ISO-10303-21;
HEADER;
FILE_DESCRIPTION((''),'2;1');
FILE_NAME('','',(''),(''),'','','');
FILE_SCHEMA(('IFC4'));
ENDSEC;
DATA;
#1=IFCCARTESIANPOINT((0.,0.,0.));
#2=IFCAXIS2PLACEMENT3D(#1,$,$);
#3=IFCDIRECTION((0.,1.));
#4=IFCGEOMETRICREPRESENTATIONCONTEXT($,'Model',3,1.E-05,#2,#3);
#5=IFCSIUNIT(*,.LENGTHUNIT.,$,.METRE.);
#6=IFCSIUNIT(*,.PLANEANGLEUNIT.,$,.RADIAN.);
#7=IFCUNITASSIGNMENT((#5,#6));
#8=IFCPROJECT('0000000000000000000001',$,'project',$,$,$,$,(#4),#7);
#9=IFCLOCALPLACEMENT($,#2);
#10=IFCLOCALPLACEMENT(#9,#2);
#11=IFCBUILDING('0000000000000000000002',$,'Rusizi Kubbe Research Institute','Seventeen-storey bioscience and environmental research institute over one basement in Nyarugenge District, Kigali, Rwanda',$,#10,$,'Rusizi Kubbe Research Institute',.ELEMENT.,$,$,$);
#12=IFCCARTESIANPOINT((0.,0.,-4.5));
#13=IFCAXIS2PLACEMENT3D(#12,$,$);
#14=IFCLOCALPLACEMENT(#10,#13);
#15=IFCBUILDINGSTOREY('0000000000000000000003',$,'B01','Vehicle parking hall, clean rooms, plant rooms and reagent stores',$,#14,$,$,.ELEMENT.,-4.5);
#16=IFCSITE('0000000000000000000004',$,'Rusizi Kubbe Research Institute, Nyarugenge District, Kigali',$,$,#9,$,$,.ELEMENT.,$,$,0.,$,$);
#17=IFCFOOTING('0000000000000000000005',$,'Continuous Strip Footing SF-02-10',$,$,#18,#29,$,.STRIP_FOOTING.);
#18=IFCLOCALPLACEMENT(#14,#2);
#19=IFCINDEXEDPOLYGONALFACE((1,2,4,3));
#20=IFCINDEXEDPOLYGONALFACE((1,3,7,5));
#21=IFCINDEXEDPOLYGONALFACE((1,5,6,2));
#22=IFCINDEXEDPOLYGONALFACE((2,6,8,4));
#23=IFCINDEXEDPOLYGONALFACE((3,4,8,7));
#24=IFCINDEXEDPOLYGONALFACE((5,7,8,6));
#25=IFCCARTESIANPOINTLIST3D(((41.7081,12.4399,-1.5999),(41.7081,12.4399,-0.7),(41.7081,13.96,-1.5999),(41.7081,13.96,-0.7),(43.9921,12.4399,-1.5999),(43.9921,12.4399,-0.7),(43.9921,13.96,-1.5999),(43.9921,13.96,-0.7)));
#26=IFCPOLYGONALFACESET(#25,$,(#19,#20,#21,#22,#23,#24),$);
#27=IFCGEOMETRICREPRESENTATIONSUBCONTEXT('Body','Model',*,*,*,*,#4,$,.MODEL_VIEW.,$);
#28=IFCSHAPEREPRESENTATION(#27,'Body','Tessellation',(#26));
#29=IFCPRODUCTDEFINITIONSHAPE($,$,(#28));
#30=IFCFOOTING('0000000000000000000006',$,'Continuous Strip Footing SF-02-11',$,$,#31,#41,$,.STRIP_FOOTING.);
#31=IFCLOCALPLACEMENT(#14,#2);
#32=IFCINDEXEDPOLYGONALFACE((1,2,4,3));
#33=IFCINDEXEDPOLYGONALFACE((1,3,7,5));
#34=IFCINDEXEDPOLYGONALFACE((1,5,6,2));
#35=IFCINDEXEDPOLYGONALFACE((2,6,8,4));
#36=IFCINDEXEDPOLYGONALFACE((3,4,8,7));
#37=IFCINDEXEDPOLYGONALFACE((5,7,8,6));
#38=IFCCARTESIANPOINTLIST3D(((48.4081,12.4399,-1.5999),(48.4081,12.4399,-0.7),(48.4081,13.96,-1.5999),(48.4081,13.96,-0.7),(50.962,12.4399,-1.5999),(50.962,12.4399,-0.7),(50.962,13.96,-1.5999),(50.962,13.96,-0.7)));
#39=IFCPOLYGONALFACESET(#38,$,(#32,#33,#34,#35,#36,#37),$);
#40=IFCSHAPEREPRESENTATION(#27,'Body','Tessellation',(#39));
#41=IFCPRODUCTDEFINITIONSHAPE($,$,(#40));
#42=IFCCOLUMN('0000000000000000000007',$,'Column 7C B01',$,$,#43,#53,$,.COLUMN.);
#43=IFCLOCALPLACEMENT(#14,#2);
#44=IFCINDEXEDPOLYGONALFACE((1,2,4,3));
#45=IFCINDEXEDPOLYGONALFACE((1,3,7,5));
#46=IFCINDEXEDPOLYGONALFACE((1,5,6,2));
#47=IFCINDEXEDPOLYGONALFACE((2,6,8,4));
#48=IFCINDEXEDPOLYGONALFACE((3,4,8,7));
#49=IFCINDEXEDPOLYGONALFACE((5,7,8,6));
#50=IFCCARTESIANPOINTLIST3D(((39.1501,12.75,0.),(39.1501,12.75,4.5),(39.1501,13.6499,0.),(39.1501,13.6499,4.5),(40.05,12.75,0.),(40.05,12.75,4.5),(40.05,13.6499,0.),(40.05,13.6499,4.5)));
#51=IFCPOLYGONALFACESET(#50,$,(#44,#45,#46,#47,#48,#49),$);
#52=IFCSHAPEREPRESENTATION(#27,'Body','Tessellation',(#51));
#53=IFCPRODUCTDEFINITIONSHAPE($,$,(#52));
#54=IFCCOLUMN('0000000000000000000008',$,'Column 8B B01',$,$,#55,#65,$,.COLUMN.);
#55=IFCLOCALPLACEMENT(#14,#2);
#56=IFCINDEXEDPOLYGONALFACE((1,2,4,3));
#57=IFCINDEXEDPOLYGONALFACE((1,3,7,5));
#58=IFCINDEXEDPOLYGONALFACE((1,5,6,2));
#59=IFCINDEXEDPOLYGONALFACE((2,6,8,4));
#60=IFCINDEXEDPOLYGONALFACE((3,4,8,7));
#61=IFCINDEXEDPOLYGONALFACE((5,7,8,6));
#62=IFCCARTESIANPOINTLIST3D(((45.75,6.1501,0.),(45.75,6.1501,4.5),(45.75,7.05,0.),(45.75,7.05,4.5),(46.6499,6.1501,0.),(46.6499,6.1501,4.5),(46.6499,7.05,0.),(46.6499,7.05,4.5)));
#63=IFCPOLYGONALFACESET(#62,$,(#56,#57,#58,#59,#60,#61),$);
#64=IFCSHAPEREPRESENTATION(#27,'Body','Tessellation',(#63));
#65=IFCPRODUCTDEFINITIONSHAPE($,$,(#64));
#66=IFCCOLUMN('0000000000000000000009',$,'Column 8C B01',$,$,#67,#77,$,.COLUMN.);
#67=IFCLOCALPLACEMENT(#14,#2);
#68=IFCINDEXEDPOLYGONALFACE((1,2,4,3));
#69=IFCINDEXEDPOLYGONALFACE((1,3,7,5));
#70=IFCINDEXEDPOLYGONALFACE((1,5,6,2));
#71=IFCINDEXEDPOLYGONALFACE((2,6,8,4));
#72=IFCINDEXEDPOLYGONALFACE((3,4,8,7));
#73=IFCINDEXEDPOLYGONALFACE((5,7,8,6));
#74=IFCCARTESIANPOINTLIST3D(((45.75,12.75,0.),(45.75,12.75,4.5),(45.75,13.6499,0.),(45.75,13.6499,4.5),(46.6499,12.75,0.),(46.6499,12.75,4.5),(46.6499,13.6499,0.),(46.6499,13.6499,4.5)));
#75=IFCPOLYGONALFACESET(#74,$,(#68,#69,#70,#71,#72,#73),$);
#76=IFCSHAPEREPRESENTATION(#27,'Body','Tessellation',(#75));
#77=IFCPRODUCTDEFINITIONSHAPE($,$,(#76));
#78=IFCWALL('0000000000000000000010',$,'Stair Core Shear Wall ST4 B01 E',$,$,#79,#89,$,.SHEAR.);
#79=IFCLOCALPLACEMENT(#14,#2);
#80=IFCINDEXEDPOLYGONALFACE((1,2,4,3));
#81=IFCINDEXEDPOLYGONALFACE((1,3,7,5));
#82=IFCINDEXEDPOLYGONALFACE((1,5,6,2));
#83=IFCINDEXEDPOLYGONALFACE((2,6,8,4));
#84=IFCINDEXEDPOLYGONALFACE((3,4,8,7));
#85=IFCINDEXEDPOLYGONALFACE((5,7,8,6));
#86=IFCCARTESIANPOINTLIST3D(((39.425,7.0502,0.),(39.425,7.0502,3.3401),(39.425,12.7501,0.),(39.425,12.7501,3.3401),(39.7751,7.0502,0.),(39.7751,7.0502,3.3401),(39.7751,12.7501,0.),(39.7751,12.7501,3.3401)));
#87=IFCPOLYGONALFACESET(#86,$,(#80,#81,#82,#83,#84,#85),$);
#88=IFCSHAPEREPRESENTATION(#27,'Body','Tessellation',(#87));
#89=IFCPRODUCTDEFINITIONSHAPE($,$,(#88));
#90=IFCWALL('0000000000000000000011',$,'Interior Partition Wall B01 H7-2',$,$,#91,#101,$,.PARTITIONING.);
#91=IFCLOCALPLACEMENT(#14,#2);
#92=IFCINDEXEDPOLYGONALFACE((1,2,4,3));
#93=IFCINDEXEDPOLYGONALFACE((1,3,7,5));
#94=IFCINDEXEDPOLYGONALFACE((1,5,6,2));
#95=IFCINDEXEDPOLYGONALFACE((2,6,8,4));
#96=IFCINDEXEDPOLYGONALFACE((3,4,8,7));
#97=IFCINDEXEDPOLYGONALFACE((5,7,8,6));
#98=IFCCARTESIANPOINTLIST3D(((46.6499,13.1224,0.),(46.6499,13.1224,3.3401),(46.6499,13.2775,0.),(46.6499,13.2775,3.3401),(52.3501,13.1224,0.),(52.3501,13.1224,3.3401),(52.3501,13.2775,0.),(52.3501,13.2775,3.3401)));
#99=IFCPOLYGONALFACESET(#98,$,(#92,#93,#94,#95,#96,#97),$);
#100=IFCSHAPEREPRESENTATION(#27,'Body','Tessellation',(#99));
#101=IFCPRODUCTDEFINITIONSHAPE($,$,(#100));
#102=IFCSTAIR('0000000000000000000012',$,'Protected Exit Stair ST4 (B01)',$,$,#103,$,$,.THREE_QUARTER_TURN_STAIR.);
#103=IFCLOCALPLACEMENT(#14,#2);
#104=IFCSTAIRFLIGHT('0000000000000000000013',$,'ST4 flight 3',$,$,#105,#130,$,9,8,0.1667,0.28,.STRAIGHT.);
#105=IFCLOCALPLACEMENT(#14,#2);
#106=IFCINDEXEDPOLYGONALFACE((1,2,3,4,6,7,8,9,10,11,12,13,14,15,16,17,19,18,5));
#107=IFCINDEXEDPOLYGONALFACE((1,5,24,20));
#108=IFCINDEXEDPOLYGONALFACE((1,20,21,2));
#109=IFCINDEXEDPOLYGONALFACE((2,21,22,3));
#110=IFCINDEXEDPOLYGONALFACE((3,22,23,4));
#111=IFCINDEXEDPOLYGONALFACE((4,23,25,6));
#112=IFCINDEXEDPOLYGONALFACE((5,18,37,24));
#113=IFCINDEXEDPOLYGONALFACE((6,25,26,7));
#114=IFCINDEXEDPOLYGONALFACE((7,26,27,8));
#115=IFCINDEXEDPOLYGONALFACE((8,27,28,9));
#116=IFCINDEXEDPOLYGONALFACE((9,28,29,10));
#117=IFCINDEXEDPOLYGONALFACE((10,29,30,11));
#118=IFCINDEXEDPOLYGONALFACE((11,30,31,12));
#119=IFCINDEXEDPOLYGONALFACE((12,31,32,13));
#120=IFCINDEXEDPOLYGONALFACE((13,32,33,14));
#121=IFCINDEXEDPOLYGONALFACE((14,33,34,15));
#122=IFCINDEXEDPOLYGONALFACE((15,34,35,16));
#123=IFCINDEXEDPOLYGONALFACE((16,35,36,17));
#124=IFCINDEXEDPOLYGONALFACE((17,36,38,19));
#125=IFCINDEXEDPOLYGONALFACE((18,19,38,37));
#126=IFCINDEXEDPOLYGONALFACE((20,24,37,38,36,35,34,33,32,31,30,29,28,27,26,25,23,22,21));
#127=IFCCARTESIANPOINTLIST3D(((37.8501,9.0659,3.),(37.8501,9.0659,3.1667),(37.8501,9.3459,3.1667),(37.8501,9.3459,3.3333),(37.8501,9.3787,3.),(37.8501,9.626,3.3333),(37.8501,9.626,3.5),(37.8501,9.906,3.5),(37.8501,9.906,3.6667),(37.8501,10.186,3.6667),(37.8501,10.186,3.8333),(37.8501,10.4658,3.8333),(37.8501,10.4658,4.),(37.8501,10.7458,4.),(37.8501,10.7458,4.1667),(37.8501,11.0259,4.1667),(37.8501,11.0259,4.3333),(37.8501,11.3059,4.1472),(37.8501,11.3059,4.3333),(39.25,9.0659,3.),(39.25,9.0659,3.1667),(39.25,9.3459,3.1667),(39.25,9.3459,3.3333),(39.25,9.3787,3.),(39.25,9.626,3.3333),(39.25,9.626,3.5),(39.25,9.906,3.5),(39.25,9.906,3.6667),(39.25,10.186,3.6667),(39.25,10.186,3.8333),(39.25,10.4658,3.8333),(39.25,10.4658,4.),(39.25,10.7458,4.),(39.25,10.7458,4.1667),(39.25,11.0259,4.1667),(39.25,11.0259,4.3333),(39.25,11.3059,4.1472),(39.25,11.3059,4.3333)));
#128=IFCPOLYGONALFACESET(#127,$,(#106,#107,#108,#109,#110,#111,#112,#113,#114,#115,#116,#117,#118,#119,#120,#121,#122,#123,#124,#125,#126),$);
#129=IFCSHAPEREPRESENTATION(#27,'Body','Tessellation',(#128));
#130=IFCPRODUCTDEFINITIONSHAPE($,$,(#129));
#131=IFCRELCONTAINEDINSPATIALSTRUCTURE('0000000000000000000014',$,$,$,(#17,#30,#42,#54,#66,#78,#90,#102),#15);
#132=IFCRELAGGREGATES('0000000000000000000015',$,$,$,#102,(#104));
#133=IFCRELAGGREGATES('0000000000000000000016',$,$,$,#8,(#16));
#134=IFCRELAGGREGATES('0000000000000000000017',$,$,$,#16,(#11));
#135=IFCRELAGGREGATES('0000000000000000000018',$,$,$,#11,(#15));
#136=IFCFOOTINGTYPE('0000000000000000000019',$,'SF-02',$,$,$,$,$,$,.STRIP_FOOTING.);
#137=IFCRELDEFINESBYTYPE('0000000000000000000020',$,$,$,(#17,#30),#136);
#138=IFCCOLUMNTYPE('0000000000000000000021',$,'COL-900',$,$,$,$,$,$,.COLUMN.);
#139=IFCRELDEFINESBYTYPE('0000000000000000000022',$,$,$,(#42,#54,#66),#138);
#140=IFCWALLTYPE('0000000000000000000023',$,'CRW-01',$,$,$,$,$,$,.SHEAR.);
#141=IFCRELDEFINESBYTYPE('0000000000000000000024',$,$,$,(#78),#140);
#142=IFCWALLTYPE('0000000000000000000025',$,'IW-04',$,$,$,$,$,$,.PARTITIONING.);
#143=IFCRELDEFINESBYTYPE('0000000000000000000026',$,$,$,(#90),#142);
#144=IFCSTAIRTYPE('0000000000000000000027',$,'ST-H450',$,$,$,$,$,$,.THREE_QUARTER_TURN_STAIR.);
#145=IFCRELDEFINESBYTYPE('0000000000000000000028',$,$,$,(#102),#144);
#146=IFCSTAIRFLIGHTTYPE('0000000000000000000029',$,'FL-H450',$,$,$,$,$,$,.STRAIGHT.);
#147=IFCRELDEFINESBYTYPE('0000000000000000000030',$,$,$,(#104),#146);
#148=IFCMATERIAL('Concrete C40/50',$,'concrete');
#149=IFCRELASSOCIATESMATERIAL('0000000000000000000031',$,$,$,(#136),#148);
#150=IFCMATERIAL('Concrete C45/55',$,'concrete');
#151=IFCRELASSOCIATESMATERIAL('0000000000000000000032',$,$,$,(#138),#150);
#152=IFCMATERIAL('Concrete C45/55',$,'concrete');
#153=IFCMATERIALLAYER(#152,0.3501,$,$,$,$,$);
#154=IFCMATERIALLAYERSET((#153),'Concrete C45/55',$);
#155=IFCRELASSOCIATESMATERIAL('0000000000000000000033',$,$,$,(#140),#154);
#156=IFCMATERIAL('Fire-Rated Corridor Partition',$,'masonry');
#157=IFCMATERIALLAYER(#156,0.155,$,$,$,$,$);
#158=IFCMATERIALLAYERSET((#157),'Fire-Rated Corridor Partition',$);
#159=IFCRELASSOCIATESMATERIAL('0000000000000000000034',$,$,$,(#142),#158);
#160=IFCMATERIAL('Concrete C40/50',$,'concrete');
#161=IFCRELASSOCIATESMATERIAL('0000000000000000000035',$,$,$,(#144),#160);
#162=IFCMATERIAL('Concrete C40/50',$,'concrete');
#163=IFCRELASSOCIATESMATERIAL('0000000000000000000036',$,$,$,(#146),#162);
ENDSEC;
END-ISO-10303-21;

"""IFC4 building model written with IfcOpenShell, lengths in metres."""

from ifc_helpers import new_model, si_unit, direction, frame, frame_2d, origin, origin_2d, place, context, subcontext, project, spatial, polyline, rectangle, outline, extrude, material, layer, layer_set, material_profile, profile_set, type_object, element, aggregate, save


model = new_model("IFC4")

# Units and contexts
model_context = context("Model", 3, precision=1e-05, world=origin(), true_north=direction((0.0, 1.0)))
body_context = subcontext(model_context, "Body", "Model", "MODEL_VIEW")
ifc_project = project(units=[si_unit("LENGTHUNIT", "METRE"), si_unit("PLANEANGLEUNIT", "RADIAN")], contexts=[model_context])

# Site, building, storey
site_placement = place(None, origin())
site = spatial("IfcSite", under=ifc_project, at=site_placement, Name="Rusizi Kubbe Research Institute, Nyarugenge District, Kigali", CompositionType="ELEMENT", RefElevation=0.0)
building_placement = place(site_placement, origin())
building = spatial("IfcBuilding", under=site, at=building_placement, Name="Rusizi Kubbe Research Institute", Description="Seventeen-storey bioscience and environmental research institute over one basement in Nyarugenge District, Kigali, Rwanda", LongName="Rusizi Kubbe Research Institute", CompositionType="ELEMENT")
storey_placement = place(building_placement, frame((0.0, 0.0, -4.5)))
storey = spatial("IfcBuildingStorey", under=building, at=storey_placement, Name="B01", Description="Vehicle parking hall, clean rooms, plant rooms and reagent stores", CompositionType="ELEMENT", Elevation=-4.5)

# Footings
ifc_material_1 = material(Name="Concrete C40/50", Category="concrete")
footing_type_1 = type_object("IfcFootingType", Name="SF-02", PredefinedType="STRIP_FOOTING", material=ifc_material_1)
footing_1_placement = place(storey_placement, frame((42.8501, 13.2, -1.5999), z_axis=(0.0, 0.0, 1.0), x_axis=(1.0, 0.0, 0.0)))
element("IfcFooting", 1, at=footing_1_placement, inside=storey, type_object=footing_type_1, Name="Continuous Strip Footing SF-02-10", PredefinedType="STRIP_FOOTING", context=body_context, shape_type="SweptSolid", body=[
    extrude(rectangle(XDim=2.2839, YDim=1.52, at=origin_2d()), origin(), (0.0, 0.0, 1.0), 0.8999),
])
footing_2_placement = place(storey_placement, frame((49.6851, 13.2, -1.5999), z_axis=(0.0, 0.0, 1.0), x_axis=(1.0, 0.0, 0.0)))
element("IfcFooting", 2, at=footing_2_placement, inside=storey, type_object=footing_type_1, Name="Continuous Strip Footing SF-02-11", PredefinedType="STRIP_FOOTING", context=body_context, shape_type="SweptSolid", body=[
    extrude(rectangle(XDim=2.554, YDim=1.52, at=origin_2d()), origin(), (0.0, 0.0, 1.0), 0.8999),
])

# Columns
ifc_material_2 = material(Name="Concrete C45/55", Category="concrete")
ifc_material_profile_1 = material_profile(ifc_material_2, rectangle(XDim=0.8999, YDim=0.8999, at=origin_2d()), Name="RC900x900")
ifc_profile_set_1 = profile_set([ifc_material_profile_1], Name="Concrete C45/55")
column_type = type_object("IfcColumnType", Name="COL-900", PredefinedType="COLUMN", material=ifc_profile_set_1)
for number, where, z_axis, x_axis, name in (
    (3, (39.6001, 13.2, 0.0), (0.0, 0.0, 1.0), (1.0, 0.0, 0.0), "Column 7C B01"),
    (4, (46.2, 6.6001, 0.0), (0.0, 0.0, 1.0), (1.0, 0.0, 0.0), "Column 8B B01"),
    (5, (46.2, 13.2, 0.0), (0.0, 0.0, 1.0), (1.0, 0.0, 0.0), "Column 8C B01"),
):
    element("IfcColumn", number, at=place(storey_placement, frame(where, z_axis=z_axis, x_axis=x_axis)), inside=storey, type_object=column_type, Name=name, PredefinedType="COLUMN", context=body_context, shape_type="SweptSolid", body=[
        extrude(rectangle(XDim=0.8999, YDim=0.8999, at=origin_2d()), origin(), (0.0, 0.0, 1.0), 4.5),
    ])

# Walls
ifc_material_3 = material(Name="Concrete C45/55", Category="concrete")
ifc_layer_1 = layer(ifc_material_3, 0.3501)
ifc_layer_set_1 = layer_set([ifc_layer_1], Name="Concrete C45/55")
wall_type_1 = type_object("IfcWallType", Name="CRW-01", PredefinedType="SHEAR", material=ifc_layer_set_1)
wall_1_placement = place(storey_placement, frame((39.6001, 7.05, 0.0), z_axis=(0.0, 0.0, 1.0), x_axis=(0.0, 1.0, 0.0)))
element("IfcWall", 6, at=wall_1_placement, inside=storey, type_object=wall_type_1, Name="Stair Core Shear Wall ST4 B01 E", PredefinedType="SHEAR", context=body_context, shape_type="SweptSolid", body=[
    extrude(rectangle(XDim=5.7, YDim=0.3501, at=frame_2d((2.8501, 0.0))), origin(), (0.0, 0.0, 1.0), 3.3401),
])
ifc_material_4 = material(Name="Fire-Rated Corridor Partition", Category="masonry")
ifc_layer_2 = layer(ifc_material_4, 0.155)
ifc_layer_set_2 = layer_set([ifc_layer_2], Name="Fire-Rated Corridor Partition")
wall_type_2 = type_object("IfcWallType", Name="IW-04", PredefinedType="PARTITIONING", material=ifc_layer_set_2)
wall_2_placement = place(storey_placement, frame((46.6499, 13.2, 0.0), z_axis=(0.0, 0.0, 1.0), x_axis=(1.0, 0.0, 0.0)))
element("IfcWall", 7, at=wall_2_placement, inside=storey, type_object=wall_type_2, Name="Interior Partition Wall B01 H7-2", PredefinedType="PARTITIONING", context=body_context, shape_type="SweptSolid", body=[
    extrude(rectangle(XDim=5.7002, YDim=0.155, at=frame_2d((2.8501, 0.0))), origin(), (0.0, 0.0, 1.0), 3.3401),
])

# Stair, stair flight
ifc_material_5 = material(Name="Concrete C40/50", Category="concrete")
stair_type = type_object("IfcStairType", Name="ST-H450", PredefinedType="THREE_QUARTER_TURN_STAIR", material=ifc_material_5)
stair_placement = place(storey_placement, origin())
stair = element("IfcStair", 8, at=stair_placement, inside=storey, type_object=stair_type, Name="Protected Exit Stair ST4 (B01)", PredefinedType="THREE_QUARTER_TURN_STAIR")
ifc_material_6 = material(Name="Concrete C40/50", Category="concrete")
stair_flight_type = type_object("IfcStairFlightType", Name="FL-H450", PredefinedType="STRAIGHT", material=ifc_material_6)
stair_flight_placement = place(storey_placement, frame((38.55, 9.0659, 3.0), z_axis=(0.0, 0.0, 1.0), x_axis=(0.0, 1.0, 0.0)))
stair_flight = element("IfcStairFlight", 9, at=stair_flight_placement, type_object=stair_flight_type, Name="ST4 flight 3", NumberOfRisers=9, NumberOfTreads=8, PredefinedType="STRAIGHT", RiserHeight=0.1667, TreadLength=0.28, context=body_context, shape_type="SweptSolid", body=[
    extrude(outline(polyline([(0.0, 0.0), (0.0, 0.1667), (0.28, 0.1667), (0.28, 0.3333), (0.5601, 0.3333), (0.5601, 0.5), (0.8401, 0.5), (0.8401, 0.6667), (1.1201, 0.6667), (1.1201, 0.8333), (1.3999, 0.8333), (1.3999, 1.0), (1.6799, 1.0), (1.6799, 1.1667), (1.96, 1.1667), (1.96, 1.3333), (2.24, 1.3333), (2.24, 1.5), (2.24, 1.1472), (0.3127, 0.0), (0.0, 0.0)])), frame((0.0, 0.7, 0.0), z_axis=(0.0, -1.0, 0.0), x_axis=(1.0, 0.0, 0.0)), (0.0, 0.0, 1.0), 1.3999),
])
aggregate(stair, [stair_flight])

save(model, "model.ifc")
